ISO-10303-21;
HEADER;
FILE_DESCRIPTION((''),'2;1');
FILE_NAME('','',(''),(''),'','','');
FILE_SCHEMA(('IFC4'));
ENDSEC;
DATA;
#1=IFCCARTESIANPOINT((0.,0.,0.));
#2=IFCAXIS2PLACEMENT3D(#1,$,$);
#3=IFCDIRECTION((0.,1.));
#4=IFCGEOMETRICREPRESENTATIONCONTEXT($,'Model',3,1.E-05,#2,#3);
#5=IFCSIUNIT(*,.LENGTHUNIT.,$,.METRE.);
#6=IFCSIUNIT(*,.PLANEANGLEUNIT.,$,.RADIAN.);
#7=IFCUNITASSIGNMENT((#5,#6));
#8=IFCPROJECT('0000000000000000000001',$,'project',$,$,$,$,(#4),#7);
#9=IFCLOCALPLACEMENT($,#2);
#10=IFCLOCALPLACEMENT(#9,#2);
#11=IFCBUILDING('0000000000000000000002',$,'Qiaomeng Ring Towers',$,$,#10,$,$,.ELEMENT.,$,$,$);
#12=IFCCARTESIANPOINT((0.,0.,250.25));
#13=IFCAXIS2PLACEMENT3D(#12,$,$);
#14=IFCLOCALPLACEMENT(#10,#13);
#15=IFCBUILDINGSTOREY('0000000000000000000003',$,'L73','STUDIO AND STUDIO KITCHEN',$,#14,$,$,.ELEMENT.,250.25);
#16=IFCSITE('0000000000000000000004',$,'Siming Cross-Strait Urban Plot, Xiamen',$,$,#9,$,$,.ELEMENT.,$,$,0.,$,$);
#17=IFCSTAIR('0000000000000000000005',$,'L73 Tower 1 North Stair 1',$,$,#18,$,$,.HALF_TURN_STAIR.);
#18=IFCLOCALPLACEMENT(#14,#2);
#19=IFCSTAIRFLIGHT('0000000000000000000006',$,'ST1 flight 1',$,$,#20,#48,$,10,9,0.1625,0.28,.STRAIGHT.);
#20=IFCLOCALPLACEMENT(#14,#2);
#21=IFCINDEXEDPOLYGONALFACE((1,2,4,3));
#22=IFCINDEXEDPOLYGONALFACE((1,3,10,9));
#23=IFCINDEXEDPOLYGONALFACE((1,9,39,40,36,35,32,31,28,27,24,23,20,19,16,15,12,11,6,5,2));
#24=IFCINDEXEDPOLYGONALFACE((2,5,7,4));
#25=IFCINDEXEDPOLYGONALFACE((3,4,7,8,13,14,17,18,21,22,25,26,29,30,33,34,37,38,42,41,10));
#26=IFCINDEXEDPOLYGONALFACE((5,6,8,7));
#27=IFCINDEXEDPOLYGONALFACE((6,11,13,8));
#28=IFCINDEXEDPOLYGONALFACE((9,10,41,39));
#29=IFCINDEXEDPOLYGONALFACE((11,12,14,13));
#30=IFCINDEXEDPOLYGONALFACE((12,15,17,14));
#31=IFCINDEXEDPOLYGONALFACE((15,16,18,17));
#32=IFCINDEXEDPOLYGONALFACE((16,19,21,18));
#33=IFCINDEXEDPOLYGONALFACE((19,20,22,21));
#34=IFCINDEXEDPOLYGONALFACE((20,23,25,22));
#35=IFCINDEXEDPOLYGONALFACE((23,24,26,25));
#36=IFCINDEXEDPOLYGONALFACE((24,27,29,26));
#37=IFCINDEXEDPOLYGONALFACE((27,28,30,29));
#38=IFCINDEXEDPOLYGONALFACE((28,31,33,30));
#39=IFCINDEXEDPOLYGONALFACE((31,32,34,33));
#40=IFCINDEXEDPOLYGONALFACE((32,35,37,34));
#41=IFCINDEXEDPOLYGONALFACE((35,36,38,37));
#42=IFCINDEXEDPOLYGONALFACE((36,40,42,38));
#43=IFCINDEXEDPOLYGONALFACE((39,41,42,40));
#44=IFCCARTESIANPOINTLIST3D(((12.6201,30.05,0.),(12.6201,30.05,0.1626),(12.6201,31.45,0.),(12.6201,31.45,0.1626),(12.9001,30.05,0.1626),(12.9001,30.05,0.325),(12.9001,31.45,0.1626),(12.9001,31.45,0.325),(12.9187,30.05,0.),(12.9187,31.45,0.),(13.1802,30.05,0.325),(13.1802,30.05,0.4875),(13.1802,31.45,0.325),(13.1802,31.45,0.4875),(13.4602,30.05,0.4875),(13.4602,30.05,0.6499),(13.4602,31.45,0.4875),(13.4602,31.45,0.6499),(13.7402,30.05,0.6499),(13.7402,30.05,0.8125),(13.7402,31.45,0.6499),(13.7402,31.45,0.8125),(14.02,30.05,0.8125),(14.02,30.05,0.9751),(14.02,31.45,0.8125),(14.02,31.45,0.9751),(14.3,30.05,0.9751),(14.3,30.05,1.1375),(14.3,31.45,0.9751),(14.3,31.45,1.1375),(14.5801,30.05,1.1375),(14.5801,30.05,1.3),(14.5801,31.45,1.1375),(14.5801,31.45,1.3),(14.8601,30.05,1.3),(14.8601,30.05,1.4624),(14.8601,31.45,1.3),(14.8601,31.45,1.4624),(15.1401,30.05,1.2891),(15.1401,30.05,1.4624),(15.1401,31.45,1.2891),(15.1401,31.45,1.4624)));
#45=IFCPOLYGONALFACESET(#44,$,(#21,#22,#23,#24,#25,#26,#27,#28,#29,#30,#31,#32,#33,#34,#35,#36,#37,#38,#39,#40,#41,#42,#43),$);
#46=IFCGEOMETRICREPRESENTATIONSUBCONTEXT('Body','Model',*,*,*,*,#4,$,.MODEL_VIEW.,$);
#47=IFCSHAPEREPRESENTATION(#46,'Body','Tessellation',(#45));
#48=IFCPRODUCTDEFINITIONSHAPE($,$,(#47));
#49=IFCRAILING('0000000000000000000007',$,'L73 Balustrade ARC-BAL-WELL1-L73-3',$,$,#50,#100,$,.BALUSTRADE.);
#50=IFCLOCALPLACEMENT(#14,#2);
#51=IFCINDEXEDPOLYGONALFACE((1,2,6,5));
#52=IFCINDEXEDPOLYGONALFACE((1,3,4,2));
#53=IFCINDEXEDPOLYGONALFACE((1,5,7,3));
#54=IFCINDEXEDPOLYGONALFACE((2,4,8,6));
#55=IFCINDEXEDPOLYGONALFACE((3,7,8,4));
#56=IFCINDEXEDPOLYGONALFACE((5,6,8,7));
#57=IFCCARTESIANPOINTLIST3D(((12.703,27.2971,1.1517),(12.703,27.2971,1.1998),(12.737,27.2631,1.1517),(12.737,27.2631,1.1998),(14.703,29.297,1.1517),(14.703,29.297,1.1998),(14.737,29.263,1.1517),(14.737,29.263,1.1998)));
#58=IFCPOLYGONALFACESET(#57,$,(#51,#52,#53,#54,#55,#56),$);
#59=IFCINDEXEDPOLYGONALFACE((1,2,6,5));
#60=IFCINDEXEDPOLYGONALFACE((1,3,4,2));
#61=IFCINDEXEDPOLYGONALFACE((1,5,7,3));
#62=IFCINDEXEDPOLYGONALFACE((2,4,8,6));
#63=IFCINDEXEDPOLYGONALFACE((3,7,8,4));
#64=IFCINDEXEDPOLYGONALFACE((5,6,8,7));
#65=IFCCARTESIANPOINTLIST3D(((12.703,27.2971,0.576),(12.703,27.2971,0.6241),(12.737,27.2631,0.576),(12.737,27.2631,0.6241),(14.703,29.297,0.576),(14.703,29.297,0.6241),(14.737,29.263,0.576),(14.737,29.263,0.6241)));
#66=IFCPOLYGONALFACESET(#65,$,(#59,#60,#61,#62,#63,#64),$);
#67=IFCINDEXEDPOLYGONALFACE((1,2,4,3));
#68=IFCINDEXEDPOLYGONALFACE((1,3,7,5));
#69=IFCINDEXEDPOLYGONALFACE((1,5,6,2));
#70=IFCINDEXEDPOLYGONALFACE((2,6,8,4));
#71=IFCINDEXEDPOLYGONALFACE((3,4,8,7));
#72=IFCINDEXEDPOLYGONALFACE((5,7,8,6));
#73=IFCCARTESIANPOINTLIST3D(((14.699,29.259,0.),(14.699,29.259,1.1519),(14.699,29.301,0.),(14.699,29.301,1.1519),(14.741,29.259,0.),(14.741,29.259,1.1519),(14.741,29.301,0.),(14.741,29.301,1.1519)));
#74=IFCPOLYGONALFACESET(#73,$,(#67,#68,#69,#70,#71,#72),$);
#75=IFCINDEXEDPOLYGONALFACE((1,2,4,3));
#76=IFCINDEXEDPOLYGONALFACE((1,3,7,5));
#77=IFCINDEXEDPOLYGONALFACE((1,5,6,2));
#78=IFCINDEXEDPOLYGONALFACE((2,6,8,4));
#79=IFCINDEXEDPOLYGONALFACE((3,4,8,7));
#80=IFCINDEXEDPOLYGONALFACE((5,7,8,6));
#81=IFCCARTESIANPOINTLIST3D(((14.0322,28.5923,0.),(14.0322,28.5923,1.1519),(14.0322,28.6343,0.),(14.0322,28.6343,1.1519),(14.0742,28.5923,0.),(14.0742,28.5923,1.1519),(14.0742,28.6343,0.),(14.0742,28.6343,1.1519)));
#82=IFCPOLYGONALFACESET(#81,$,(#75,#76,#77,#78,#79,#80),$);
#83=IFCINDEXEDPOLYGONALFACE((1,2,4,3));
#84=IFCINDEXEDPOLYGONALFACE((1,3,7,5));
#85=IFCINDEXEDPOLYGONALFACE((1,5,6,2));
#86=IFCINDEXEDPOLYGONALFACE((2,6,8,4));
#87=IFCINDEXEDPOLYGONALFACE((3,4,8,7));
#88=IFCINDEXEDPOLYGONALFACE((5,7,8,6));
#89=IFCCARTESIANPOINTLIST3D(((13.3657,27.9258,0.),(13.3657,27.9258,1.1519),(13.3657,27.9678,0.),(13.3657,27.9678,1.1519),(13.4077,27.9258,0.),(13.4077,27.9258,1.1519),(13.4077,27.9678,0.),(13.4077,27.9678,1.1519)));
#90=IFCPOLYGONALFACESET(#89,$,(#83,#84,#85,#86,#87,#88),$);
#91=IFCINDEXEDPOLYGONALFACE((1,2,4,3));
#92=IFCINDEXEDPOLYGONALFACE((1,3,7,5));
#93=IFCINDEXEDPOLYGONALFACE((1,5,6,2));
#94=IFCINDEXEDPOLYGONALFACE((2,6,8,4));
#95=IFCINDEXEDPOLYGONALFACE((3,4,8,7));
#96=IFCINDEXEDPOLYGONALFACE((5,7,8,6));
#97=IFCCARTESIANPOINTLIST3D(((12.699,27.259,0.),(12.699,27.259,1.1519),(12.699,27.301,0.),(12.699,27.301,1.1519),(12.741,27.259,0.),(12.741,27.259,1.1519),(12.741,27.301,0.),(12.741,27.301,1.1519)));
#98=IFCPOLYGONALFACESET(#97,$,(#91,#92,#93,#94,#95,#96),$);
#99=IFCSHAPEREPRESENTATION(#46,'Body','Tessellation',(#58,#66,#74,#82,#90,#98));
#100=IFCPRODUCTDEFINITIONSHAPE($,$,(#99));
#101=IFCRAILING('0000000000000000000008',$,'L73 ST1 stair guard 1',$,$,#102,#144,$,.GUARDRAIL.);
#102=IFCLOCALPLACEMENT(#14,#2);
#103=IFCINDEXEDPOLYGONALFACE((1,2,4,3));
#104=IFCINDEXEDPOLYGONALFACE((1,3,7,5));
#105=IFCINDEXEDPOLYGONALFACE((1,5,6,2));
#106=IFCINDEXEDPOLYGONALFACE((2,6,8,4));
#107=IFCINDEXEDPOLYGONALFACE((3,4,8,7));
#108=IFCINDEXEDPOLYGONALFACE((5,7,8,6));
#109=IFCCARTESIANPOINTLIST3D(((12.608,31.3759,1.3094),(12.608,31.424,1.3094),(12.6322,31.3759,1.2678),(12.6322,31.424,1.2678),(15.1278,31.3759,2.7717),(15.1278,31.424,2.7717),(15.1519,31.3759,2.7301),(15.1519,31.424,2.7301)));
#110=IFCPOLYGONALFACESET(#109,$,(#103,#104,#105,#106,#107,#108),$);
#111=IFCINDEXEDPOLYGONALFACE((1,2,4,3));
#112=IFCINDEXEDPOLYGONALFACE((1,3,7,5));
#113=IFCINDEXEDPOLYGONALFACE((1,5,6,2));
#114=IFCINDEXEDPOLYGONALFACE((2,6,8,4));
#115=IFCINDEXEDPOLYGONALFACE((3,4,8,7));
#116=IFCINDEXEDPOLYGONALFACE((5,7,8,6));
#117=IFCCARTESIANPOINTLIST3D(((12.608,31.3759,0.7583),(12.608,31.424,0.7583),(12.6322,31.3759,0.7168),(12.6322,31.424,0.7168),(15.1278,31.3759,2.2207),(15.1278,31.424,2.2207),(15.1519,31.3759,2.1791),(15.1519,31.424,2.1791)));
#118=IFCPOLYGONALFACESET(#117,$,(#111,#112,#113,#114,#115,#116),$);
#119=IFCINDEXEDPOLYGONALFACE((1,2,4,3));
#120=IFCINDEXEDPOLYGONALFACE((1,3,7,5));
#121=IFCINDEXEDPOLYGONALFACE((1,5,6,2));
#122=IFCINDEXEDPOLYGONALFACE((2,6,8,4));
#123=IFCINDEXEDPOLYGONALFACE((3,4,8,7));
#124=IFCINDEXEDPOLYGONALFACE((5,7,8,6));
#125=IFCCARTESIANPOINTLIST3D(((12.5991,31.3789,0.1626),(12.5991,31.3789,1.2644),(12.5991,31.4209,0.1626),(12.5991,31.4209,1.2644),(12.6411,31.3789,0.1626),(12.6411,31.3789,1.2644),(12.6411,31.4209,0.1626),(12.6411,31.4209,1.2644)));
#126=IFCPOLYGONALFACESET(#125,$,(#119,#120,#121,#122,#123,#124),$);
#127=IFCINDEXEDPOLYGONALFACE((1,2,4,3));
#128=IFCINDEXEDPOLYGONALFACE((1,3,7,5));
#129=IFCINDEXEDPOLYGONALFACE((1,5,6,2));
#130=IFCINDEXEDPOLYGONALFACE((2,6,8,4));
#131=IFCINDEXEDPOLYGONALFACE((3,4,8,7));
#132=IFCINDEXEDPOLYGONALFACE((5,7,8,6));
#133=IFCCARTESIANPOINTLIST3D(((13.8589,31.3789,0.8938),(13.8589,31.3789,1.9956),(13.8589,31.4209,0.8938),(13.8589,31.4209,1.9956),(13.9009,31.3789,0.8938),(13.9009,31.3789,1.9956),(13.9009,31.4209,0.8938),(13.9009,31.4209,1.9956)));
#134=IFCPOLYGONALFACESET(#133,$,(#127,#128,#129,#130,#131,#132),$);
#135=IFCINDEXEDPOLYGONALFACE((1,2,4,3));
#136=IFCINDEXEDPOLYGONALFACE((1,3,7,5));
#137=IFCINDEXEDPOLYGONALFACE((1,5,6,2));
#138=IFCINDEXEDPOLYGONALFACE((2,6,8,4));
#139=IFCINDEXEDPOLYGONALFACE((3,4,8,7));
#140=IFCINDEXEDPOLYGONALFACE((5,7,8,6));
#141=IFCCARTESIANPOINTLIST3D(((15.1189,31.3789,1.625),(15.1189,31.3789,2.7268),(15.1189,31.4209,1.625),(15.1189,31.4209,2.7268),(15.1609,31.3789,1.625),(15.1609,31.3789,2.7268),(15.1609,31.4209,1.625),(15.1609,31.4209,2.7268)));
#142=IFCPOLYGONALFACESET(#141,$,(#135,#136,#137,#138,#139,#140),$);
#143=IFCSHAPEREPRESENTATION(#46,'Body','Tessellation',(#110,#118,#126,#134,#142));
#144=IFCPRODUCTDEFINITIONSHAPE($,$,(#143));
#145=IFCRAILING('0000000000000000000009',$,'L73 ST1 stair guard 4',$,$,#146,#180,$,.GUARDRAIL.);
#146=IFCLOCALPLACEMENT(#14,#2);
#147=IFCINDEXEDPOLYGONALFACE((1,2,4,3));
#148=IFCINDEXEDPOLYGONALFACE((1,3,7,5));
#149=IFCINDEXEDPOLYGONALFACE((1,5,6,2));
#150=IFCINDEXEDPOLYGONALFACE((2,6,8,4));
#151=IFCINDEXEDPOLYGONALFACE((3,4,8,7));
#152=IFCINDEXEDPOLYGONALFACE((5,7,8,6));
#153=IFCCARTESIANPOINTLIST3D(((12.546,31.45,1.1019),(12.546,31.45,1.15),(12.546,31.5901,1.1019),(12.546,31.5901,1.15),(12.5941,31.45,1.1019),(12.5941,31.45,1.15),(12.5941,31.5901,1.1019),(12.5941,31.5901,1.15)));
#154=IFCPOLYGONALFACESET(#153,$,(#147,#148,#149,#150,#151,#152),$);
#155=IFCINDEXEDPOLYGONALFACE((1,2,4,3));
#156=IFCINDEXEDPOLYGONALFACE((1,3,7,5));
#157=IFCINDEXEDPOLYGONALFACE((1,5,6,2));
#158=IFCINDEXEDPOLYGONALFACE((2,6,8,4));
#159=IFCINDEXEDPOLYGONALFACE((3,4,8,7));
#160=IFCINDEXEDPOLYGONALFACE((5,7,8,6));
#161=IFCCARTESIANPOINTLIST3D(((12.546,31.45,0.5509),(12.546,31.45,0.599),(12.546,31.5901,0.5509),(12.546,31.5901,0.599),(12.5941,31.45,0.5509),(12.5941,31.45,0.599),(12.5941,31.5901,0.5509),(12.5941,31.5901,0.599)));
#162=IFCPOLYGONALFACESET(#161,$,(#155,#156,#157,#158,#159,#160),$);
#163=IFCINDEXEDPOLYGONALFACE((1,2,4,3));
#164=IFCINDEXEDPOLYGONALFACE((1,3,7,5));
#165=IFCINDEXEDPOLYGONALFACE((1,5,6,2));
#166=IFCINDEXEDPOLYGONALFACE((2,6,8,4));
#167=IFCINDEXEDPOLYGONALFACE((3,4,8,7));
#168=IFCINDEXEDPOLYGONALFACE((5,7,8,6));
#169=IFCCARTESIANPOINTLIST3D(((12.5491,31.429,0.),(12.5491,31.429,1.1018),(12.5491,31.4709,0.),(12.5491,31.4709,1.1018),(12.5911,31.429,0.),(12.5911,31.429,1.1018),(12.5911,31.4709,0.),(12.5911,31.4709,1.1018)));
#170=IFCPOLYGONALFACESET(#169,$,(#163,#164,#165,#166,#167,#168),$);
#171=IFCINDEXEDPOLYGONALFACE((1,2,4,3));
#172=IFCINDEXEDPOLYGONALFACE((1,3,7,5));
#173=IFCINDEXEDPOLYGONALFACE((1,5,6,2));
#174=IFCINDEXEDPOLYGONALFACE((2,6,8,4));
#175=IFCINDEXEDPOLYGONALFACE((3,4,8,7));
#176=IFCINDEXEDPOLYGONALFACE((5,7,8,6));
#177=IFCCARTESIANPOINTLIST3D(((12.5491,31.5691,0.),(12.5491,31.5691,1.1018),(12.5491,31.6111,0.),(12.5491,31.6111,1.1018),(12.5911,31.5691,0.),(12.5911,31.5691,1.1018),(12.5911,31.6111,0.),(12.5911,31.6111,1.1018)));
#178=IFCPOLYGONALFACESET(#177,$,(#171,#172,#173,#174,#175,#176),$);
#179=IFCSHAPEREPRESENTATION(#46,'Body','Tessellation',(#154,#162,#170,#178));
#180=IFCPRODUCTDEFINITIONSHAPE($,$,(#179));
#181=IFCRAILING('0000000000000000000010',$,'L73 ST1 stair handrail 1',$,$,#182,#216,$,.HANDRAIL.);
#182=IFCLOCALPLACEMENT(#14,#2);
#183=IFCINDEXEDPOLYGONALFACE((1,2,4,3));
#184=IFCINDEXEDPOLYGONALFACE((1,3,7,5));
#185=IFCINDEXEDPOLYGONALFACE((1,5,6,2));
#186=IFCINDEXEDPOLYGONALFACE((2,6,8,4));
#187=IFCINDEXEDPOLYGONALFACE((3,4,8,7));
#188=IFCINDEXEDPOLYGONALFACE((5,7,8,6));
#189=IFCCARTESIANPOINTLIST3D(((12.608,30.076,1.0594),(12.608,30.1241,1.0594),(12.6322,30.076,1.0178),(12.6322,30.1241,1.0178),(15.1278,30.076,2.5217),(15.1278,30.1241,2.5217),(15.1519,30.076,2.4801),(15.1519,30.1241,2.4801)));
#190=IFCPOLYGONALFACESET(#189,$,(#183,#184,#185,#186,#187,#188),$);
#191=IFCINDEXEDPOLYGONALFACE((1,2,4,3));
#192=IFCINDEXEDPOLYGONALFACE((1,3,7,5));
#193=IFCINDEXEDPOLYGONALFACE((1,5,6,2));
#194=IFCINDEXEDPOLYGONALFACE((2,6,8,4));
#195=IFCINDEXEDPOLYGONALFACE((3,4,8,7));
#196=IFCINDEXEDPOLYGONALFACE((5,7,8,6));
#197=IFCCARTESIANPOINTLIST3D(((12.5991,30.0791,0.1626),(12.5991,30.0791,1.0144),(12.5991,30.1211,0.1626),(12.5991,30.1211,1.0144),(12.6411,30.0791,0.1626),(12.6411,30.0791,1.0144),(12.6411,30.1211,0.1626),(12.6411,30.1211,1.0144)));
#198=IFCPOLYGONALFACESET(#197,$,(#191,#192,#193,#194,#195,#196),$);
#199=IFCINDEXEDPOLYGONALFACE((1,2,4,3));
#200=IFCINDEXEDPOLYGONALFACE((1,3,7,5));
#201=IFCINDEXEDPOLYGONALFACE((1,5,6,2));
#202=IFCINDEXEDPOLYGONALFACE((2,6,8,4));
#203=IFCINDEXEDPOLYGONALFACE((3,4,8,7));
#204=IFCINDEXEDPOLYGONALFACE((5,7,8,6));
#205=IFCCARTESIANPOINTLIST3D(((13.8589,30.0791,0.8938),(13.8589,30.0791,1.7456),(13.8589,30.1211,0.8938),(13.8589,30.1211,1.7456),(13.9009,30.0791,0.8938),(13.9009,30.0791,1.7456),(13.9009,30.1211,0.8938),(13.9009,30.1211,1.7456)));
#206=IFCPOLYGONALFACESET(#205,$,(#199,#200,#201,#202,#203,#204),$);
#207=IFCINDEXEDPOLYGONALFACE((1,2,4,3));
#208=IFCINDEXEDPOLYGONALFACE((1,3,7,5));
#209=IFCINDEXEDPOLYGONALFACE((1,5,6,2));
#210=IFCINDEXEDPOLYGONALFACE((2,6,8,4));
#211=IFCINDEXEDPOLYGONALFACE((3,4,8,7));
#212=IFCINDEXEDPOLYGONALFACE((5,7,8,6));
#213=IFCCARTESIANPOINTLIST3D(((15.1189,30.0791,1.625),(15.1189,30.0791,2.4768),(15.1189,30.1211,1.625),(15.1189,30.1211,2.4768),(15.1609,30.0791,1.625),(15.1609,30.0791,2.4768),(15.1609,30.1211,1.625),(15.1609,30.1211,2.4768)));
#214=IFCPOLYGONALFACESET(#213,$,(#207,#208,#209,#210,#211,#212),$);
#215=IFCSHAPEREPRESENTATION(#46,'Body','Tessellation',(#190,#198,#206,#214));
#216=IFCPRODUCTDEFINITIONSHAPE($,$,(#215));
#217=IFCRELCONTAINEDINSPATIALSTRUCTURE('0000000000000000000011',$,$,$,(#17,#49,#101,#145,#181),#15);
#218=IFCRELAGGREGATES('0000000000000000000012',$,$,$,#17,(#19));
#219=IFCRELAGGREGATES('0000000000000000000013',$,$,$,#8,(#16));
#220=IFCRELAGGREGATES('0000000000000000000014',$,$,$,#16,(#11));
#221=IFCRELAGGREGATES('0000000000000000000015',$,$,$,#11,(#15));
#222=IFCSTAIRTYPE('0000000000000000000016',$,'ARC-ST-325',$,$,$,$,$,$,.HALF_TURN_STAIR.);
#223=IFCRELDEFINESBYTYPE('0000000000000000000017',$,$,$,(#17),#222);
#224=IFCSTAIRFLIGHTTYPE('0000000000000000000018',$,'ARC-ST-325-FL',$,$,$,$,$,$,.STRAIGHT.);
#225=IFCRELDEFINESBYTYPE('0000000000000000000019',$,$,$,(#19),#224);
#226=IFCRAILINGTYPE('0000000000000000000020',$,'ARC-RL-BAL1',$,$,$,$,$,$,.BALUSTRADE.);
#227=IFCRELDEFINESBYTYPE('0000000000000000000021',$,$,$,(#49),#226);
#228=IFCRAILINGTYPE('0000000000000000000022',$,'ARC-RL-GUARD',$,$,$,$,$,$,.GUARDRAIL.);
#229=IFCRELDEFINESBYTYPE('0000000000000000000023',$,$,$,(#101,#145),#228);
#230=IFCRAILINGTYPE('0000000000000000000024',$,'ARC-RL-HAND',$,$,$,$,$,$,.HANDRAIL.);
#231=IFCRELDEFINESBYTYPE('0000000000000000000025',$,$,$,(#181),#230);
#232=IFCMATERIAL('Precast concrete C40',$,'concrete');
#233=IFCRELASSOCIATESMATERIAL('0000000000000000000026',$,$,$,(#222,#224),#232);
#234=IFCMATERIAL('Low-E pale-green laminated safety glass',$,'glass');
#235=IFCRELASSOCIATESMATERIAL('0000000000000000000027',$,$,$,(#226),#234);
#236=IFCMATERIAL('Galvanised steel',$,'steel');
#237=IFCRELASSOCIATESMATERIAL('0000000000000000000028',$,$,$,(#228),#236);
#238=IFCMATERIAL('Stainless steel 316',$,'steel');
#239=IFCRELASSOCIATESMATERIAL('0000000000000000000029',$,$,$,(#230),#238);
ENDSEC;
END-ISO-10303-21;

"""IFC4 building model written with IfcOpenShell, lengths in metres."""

from ifc_helpers import new_model, si_unit, direction, frame, origin, origin_2d, place, context, subcontext, project, spatial, polyline, rectangle, outline, extrude, source, transform, mapped, material, type_object, element, aggregate, save


model = new_model("IFC4")

# Units and contexts
model_context = context("Model", 3, precision=1e-05, world=origin(), true_north=direction((0.0, 1.0)))
body_context = subcontext(model_context, "Body", "Model", "MODEL_VIEW")
ifc_project = project(units=[si_unit("LENGTHUNIT", "METRE"), si_unit("PLANEANGLEUNIT", "RADIAN")], contexts=[model_context])

# Site, building, storey
site_placement = place(None, origin())
site = spatial("IfcSite", under=ifc_project, at=site_placement, Name="Siming Cross-Strait Urban Plot, Xiamen", CompositionType="ELEMENT", RefElevation=0.0)
building_placement = place(site_placement, origin())
building = spatial("IfcBuilding", under=site, at=building_placement, Name="Qiaomeng Ring Towers", CompositionType="ELEMENT")
storey_placement = place(building_placement, frame((0.0, 0.0, 250.25)))
storey = spatial("IfcBuildingStorey", under=building, at=storey_placement, Name="L73", Description="STUDIO AND STUDIO KITCHEN", CompositionType="ELEMENT", Elevation=250.25)

# Shared definitions
ifc_material_1 = material(Name="Stainless steel 316", Category="steel")

# Stair, stair flight
ifc_material_2 = material(Name="Precast concrete C40", Category="concrete")
stair_type = type_object("IfcStairType", Name="ARC-ST-325", PredefinedType="HALF_TURN_STAIR", material=ifc_material_2)
stair_placement = place(storey_placement, origin())
stair = element("IfcStair", 1, at=stair_placement, inside=storey, type_object=stair_type, Name="L73 Tower 1 North Stair 1", PredefinedType="HALF_TURN_STAIR")
stair_flight_type = type_object("IfcStairFlightType", Name="ARC-ST-325-FL", PredefinedType="STRAIGHT", material=ifc_material_2)
shared_shape_1 = source(origin(), body_context, "Body", "SweptSolid", [
    extrude(outline(polyline([(0.0, 0.0), (0.0, 0.1626), (0.28, 0.1626), (0.28, 0.325), (0.5601, 0.325), (0.5601, 0.4875), (0.8401, 0.4875), (0.8401, 0.6499), (1.1201, 0.6499), (1.1201, 0.8125), (1.3999, 0.8125), (1.3999, 0.9751), (1.6799, 0.9751), (1.6799, 1.1375), (1.96, 1.1375), (1.96, 1.3), (2.24, 1.3), (2.24, 1.4624), (2.52, 1.4624), (2.52, 1.625), (2.52, 1.2891), (0.2986, 0.0), (0.0, 0.0)])), frame((0.0, 0.7, 0.0), z_axis=(0.0, -1.0, 0.0), x_axis=(1.0, 0.0, 0.0)), (0.0, 0.0, 1.0), 1.3999),
])
stair_flight_placement = place(storey_placement, frame((12.6201, 30.75, 0.0), z_axis=(0.0, 0.0, 1.0), x_axis=(1.0, 0.0, 0.0)))
stair_flight = element("IfcStairFlight", 2, at=stair_flight_placement, type_object=stair_flight_type, Name="ST1 flight 1", NumberOfRisers=10, NumberOfTreads=9, PredefinedType="STRAIGHT", RiserHeight=0.1625, TreadLength=0.28, context=body_context, shape_type="MappedRepresentation", body=[
    mapped(shared_shape_1, transform((0.0, 0.0, 0.0), x_axis=(1.0, 0.0, 0.0), y_axis=(0.0, 1.0, 0.0), z_axis=(0.0, 0.0, 1.0), scale=1.0)),
])
aggregate(stair, [stair_flight])

# Railings
ifc_material_3 = material(Name="Low-E pale-green laminated safety glass", Category="glass")
railing_type_1 = type_object("IfcRailingType", Name="ARC-RL-BAL1", PredefinedType="BALUSTRADE", material=ifc_material_3)
railing_1_placement = place(storey_placement, frame((14.72, 29.28, 0.0)))
element("IfcRailing", 3, at=railing_1_placement, inside=storey, type_object=railing_type_1, Name="L73 Balustrade ARC-BAL-WELL1-L73-3", PredefinedType="BALUSTRADE", context=body_context, shape_type="SweptSolid", body=[
    extrude(rectangle(XDim=0.0481, YDim=0.0481, at=origin_2d()), frame((0.0, 0.0, 1.1758), z_axis=(-0.707107, -0.707107, 0.0), x_axis=(0.707107, -0.707107, 0.0)), (0.0, 0.0, 1.0), 2.8284),
    extrude(rectangle(XDim=0.0481, YDim=0.0481, at=origin_2d()), frame((0.0, 0.0, 0.6001), z_axis=(-0.707107, -0.707107, 0.0), x_axis=(0.707107, -0.707107, 0.0)), (0.0, 0.0, 1.0), 2.8284),
    extrude(rectangle(XDim=0.042, YDim=0.042, at=origin_2d()), origin(), (0.0, 0.0, 1.0), 1.1519),
    extrude(rectangle(XDim=0.042, YDim=0.042, at=origin_2d()), frame((-0.6667, -0.6667, 0.0)), (0.0, 0.0, 1.0), 1.1519),
    extrude(rectangle(XDim=0.042, YDim=0.042, at=origin_2d()), frame((-1.3333, -1.3333, 0.0)), (0.0, 0.0, 1.0), 1.1519),
    extrude(rectangle(XDim=0.042, YDim=0.042, at=origin_2d()), frame((-2.0, -2.0, 0.0)), (0.0, 0.0, 1.0), 1.1519),
])
ifc_material_4 = material(Name="Galvanised steel", Category="steel")
railing_type_2 = type_object("IfcRailingType", Name="ARC-RL-GUARD", PredefinedType="GUARDRAIL", material=ifc_material_4)
railing_2_placement = place(storey_placement, frame((12.6201, 31.3999, 0.1626)))
element("IfcRailing", 4, at=railing_2_placement, inside=storey, type_object=railing_type_2, Name="L73 ST1 stair guard 1", PredefinedType="GUARDRAIL", context=body_context, shape_type="SweptSolid", body=[
    extrude(rectangle(XDim=0.0481, YDim=0.0481, at=origin_2d()), frame((0.0, 0.0, 1.126), z_axis=(0.864892, 0.0, 0.501958), x_axis=(0.0, 1.0, 0.0)), (0.0, 0.0, 1.0), 2.9133),
    extrude(rectangle(XDim=0.0481, YDim=0.0481, at=origin_2d()), frame((0.0, 0.0, 0.575), z_axis=(0.864892, 0.0, 0.501958), x_axis=(0.0, 1.0, 0.0)), (0.0, 0.0, 1.0), 2.9133),
    extrude(rectangle(XDim=0.042, YDim=0.042, at=origin_2d()), origin(), (0.0, 0.0, 1.0), 1.1018),
    extrude(rectangle(XDim=0.042, YDim=0.042, at=origin_2d()), frame((1.2598, 0.0, 0.7312)), (0.0, 0.0, 1.0), 1.1018),
    extrude(rectangle(XDim=0.042, YDim=0.042, at=origin_2d()), frame((2.5198, 0.0, 1.4624)), (0.0, 0.0, 1.0), 1.1018),
])
railing_3_placement = place(storey_placement, frame((12.5701, 31.45, 0.0)))
element("IfcRailing", 5, at=railing_3_placement, inside=storey, type_object=railing_type_2, Name="L73 ST1 stair guard 4", PredefinedType="GUARDRAIL", context=body_context, shape_type="SweptSolid", body=[
    extrude(rectangle(XDim=0.0481, YDim=0.0481, at=origin_2d()), frame((0.0, 0.0, 1.126), z_axis=(0.0, 1.0, 0.0), x_axis=(-1.0, 0.0, 0.0)), (0.0, 0.0, 1.0), 0.1401),
    extrude(rectangle(XDim=0.0481, YDim=0.0481, at=origin_2d()), frame((0.0, 0.0, 0.575), z_axis=(0.0, 1.0, 0.0), x_axis=(-1.0, 0.0, 0.0)), (0.0, 0.0, 1.0), 0.1401),
    extrude(rectangle(XDim=0.042, YDim=0.042, at=origin_2d()), origin(), (0.0, 0.0, 1.0), 1.1018),
    extrude(rectangle(XDim=0.042, YDim=0.042, at=origin_2d()), frame((0.0, 0.1401, 0.0)), (0.0, 0.0, 1.0), 1.1018),
])
railing_type_3 = type_object("IfcRailingType", Name="ARC-RL-HAND", PredefinedType="HANDRAIL", material=ifc_material_1)
railing_4_placement = place(storey_placement, frame((12.6201, 30.1001, 0.1626)))
element("IfcRailing", 6, at=railing_4_placement, inside=storey, type_object=railing_type_3, Name="L73 ST1 stair handrail 1", PredefinedType="HANDRAIL", context=body_context, shape_type="SweptSolid", body=[
    extrude(rectangle(XDim=0.0481, YDim=0.0481, at=origin_2d()), frame((0.0, 0.0, 0.876), z_axis=(0.864892, 0.0, 0.501958), x_axis=(0.0, 1.0, 0.0)), (0.0, 0.0, 1.0), 2.9133),
    extrude(rectangle(XDim=0.042, YDim=0.042, at=origin_2d()), origin(), (0.0, 0.0, 1.0), 0.8518),
    extrude(rectangle(XDim=0.042, YDim=0.042, at=origin_2d()), frame((1.2598, 0.0, 0.7312)), (0.0, 0.0, 1.0), 0.8518),
    extrude(rectangle(XDim=0.042, YDim=0.042, at=origin_2d()), frame((2.5198, 0.0, 1.4624)), (0.0, 0.0, 1.0), 0.8518),
])

save(model, "model.ifc")
